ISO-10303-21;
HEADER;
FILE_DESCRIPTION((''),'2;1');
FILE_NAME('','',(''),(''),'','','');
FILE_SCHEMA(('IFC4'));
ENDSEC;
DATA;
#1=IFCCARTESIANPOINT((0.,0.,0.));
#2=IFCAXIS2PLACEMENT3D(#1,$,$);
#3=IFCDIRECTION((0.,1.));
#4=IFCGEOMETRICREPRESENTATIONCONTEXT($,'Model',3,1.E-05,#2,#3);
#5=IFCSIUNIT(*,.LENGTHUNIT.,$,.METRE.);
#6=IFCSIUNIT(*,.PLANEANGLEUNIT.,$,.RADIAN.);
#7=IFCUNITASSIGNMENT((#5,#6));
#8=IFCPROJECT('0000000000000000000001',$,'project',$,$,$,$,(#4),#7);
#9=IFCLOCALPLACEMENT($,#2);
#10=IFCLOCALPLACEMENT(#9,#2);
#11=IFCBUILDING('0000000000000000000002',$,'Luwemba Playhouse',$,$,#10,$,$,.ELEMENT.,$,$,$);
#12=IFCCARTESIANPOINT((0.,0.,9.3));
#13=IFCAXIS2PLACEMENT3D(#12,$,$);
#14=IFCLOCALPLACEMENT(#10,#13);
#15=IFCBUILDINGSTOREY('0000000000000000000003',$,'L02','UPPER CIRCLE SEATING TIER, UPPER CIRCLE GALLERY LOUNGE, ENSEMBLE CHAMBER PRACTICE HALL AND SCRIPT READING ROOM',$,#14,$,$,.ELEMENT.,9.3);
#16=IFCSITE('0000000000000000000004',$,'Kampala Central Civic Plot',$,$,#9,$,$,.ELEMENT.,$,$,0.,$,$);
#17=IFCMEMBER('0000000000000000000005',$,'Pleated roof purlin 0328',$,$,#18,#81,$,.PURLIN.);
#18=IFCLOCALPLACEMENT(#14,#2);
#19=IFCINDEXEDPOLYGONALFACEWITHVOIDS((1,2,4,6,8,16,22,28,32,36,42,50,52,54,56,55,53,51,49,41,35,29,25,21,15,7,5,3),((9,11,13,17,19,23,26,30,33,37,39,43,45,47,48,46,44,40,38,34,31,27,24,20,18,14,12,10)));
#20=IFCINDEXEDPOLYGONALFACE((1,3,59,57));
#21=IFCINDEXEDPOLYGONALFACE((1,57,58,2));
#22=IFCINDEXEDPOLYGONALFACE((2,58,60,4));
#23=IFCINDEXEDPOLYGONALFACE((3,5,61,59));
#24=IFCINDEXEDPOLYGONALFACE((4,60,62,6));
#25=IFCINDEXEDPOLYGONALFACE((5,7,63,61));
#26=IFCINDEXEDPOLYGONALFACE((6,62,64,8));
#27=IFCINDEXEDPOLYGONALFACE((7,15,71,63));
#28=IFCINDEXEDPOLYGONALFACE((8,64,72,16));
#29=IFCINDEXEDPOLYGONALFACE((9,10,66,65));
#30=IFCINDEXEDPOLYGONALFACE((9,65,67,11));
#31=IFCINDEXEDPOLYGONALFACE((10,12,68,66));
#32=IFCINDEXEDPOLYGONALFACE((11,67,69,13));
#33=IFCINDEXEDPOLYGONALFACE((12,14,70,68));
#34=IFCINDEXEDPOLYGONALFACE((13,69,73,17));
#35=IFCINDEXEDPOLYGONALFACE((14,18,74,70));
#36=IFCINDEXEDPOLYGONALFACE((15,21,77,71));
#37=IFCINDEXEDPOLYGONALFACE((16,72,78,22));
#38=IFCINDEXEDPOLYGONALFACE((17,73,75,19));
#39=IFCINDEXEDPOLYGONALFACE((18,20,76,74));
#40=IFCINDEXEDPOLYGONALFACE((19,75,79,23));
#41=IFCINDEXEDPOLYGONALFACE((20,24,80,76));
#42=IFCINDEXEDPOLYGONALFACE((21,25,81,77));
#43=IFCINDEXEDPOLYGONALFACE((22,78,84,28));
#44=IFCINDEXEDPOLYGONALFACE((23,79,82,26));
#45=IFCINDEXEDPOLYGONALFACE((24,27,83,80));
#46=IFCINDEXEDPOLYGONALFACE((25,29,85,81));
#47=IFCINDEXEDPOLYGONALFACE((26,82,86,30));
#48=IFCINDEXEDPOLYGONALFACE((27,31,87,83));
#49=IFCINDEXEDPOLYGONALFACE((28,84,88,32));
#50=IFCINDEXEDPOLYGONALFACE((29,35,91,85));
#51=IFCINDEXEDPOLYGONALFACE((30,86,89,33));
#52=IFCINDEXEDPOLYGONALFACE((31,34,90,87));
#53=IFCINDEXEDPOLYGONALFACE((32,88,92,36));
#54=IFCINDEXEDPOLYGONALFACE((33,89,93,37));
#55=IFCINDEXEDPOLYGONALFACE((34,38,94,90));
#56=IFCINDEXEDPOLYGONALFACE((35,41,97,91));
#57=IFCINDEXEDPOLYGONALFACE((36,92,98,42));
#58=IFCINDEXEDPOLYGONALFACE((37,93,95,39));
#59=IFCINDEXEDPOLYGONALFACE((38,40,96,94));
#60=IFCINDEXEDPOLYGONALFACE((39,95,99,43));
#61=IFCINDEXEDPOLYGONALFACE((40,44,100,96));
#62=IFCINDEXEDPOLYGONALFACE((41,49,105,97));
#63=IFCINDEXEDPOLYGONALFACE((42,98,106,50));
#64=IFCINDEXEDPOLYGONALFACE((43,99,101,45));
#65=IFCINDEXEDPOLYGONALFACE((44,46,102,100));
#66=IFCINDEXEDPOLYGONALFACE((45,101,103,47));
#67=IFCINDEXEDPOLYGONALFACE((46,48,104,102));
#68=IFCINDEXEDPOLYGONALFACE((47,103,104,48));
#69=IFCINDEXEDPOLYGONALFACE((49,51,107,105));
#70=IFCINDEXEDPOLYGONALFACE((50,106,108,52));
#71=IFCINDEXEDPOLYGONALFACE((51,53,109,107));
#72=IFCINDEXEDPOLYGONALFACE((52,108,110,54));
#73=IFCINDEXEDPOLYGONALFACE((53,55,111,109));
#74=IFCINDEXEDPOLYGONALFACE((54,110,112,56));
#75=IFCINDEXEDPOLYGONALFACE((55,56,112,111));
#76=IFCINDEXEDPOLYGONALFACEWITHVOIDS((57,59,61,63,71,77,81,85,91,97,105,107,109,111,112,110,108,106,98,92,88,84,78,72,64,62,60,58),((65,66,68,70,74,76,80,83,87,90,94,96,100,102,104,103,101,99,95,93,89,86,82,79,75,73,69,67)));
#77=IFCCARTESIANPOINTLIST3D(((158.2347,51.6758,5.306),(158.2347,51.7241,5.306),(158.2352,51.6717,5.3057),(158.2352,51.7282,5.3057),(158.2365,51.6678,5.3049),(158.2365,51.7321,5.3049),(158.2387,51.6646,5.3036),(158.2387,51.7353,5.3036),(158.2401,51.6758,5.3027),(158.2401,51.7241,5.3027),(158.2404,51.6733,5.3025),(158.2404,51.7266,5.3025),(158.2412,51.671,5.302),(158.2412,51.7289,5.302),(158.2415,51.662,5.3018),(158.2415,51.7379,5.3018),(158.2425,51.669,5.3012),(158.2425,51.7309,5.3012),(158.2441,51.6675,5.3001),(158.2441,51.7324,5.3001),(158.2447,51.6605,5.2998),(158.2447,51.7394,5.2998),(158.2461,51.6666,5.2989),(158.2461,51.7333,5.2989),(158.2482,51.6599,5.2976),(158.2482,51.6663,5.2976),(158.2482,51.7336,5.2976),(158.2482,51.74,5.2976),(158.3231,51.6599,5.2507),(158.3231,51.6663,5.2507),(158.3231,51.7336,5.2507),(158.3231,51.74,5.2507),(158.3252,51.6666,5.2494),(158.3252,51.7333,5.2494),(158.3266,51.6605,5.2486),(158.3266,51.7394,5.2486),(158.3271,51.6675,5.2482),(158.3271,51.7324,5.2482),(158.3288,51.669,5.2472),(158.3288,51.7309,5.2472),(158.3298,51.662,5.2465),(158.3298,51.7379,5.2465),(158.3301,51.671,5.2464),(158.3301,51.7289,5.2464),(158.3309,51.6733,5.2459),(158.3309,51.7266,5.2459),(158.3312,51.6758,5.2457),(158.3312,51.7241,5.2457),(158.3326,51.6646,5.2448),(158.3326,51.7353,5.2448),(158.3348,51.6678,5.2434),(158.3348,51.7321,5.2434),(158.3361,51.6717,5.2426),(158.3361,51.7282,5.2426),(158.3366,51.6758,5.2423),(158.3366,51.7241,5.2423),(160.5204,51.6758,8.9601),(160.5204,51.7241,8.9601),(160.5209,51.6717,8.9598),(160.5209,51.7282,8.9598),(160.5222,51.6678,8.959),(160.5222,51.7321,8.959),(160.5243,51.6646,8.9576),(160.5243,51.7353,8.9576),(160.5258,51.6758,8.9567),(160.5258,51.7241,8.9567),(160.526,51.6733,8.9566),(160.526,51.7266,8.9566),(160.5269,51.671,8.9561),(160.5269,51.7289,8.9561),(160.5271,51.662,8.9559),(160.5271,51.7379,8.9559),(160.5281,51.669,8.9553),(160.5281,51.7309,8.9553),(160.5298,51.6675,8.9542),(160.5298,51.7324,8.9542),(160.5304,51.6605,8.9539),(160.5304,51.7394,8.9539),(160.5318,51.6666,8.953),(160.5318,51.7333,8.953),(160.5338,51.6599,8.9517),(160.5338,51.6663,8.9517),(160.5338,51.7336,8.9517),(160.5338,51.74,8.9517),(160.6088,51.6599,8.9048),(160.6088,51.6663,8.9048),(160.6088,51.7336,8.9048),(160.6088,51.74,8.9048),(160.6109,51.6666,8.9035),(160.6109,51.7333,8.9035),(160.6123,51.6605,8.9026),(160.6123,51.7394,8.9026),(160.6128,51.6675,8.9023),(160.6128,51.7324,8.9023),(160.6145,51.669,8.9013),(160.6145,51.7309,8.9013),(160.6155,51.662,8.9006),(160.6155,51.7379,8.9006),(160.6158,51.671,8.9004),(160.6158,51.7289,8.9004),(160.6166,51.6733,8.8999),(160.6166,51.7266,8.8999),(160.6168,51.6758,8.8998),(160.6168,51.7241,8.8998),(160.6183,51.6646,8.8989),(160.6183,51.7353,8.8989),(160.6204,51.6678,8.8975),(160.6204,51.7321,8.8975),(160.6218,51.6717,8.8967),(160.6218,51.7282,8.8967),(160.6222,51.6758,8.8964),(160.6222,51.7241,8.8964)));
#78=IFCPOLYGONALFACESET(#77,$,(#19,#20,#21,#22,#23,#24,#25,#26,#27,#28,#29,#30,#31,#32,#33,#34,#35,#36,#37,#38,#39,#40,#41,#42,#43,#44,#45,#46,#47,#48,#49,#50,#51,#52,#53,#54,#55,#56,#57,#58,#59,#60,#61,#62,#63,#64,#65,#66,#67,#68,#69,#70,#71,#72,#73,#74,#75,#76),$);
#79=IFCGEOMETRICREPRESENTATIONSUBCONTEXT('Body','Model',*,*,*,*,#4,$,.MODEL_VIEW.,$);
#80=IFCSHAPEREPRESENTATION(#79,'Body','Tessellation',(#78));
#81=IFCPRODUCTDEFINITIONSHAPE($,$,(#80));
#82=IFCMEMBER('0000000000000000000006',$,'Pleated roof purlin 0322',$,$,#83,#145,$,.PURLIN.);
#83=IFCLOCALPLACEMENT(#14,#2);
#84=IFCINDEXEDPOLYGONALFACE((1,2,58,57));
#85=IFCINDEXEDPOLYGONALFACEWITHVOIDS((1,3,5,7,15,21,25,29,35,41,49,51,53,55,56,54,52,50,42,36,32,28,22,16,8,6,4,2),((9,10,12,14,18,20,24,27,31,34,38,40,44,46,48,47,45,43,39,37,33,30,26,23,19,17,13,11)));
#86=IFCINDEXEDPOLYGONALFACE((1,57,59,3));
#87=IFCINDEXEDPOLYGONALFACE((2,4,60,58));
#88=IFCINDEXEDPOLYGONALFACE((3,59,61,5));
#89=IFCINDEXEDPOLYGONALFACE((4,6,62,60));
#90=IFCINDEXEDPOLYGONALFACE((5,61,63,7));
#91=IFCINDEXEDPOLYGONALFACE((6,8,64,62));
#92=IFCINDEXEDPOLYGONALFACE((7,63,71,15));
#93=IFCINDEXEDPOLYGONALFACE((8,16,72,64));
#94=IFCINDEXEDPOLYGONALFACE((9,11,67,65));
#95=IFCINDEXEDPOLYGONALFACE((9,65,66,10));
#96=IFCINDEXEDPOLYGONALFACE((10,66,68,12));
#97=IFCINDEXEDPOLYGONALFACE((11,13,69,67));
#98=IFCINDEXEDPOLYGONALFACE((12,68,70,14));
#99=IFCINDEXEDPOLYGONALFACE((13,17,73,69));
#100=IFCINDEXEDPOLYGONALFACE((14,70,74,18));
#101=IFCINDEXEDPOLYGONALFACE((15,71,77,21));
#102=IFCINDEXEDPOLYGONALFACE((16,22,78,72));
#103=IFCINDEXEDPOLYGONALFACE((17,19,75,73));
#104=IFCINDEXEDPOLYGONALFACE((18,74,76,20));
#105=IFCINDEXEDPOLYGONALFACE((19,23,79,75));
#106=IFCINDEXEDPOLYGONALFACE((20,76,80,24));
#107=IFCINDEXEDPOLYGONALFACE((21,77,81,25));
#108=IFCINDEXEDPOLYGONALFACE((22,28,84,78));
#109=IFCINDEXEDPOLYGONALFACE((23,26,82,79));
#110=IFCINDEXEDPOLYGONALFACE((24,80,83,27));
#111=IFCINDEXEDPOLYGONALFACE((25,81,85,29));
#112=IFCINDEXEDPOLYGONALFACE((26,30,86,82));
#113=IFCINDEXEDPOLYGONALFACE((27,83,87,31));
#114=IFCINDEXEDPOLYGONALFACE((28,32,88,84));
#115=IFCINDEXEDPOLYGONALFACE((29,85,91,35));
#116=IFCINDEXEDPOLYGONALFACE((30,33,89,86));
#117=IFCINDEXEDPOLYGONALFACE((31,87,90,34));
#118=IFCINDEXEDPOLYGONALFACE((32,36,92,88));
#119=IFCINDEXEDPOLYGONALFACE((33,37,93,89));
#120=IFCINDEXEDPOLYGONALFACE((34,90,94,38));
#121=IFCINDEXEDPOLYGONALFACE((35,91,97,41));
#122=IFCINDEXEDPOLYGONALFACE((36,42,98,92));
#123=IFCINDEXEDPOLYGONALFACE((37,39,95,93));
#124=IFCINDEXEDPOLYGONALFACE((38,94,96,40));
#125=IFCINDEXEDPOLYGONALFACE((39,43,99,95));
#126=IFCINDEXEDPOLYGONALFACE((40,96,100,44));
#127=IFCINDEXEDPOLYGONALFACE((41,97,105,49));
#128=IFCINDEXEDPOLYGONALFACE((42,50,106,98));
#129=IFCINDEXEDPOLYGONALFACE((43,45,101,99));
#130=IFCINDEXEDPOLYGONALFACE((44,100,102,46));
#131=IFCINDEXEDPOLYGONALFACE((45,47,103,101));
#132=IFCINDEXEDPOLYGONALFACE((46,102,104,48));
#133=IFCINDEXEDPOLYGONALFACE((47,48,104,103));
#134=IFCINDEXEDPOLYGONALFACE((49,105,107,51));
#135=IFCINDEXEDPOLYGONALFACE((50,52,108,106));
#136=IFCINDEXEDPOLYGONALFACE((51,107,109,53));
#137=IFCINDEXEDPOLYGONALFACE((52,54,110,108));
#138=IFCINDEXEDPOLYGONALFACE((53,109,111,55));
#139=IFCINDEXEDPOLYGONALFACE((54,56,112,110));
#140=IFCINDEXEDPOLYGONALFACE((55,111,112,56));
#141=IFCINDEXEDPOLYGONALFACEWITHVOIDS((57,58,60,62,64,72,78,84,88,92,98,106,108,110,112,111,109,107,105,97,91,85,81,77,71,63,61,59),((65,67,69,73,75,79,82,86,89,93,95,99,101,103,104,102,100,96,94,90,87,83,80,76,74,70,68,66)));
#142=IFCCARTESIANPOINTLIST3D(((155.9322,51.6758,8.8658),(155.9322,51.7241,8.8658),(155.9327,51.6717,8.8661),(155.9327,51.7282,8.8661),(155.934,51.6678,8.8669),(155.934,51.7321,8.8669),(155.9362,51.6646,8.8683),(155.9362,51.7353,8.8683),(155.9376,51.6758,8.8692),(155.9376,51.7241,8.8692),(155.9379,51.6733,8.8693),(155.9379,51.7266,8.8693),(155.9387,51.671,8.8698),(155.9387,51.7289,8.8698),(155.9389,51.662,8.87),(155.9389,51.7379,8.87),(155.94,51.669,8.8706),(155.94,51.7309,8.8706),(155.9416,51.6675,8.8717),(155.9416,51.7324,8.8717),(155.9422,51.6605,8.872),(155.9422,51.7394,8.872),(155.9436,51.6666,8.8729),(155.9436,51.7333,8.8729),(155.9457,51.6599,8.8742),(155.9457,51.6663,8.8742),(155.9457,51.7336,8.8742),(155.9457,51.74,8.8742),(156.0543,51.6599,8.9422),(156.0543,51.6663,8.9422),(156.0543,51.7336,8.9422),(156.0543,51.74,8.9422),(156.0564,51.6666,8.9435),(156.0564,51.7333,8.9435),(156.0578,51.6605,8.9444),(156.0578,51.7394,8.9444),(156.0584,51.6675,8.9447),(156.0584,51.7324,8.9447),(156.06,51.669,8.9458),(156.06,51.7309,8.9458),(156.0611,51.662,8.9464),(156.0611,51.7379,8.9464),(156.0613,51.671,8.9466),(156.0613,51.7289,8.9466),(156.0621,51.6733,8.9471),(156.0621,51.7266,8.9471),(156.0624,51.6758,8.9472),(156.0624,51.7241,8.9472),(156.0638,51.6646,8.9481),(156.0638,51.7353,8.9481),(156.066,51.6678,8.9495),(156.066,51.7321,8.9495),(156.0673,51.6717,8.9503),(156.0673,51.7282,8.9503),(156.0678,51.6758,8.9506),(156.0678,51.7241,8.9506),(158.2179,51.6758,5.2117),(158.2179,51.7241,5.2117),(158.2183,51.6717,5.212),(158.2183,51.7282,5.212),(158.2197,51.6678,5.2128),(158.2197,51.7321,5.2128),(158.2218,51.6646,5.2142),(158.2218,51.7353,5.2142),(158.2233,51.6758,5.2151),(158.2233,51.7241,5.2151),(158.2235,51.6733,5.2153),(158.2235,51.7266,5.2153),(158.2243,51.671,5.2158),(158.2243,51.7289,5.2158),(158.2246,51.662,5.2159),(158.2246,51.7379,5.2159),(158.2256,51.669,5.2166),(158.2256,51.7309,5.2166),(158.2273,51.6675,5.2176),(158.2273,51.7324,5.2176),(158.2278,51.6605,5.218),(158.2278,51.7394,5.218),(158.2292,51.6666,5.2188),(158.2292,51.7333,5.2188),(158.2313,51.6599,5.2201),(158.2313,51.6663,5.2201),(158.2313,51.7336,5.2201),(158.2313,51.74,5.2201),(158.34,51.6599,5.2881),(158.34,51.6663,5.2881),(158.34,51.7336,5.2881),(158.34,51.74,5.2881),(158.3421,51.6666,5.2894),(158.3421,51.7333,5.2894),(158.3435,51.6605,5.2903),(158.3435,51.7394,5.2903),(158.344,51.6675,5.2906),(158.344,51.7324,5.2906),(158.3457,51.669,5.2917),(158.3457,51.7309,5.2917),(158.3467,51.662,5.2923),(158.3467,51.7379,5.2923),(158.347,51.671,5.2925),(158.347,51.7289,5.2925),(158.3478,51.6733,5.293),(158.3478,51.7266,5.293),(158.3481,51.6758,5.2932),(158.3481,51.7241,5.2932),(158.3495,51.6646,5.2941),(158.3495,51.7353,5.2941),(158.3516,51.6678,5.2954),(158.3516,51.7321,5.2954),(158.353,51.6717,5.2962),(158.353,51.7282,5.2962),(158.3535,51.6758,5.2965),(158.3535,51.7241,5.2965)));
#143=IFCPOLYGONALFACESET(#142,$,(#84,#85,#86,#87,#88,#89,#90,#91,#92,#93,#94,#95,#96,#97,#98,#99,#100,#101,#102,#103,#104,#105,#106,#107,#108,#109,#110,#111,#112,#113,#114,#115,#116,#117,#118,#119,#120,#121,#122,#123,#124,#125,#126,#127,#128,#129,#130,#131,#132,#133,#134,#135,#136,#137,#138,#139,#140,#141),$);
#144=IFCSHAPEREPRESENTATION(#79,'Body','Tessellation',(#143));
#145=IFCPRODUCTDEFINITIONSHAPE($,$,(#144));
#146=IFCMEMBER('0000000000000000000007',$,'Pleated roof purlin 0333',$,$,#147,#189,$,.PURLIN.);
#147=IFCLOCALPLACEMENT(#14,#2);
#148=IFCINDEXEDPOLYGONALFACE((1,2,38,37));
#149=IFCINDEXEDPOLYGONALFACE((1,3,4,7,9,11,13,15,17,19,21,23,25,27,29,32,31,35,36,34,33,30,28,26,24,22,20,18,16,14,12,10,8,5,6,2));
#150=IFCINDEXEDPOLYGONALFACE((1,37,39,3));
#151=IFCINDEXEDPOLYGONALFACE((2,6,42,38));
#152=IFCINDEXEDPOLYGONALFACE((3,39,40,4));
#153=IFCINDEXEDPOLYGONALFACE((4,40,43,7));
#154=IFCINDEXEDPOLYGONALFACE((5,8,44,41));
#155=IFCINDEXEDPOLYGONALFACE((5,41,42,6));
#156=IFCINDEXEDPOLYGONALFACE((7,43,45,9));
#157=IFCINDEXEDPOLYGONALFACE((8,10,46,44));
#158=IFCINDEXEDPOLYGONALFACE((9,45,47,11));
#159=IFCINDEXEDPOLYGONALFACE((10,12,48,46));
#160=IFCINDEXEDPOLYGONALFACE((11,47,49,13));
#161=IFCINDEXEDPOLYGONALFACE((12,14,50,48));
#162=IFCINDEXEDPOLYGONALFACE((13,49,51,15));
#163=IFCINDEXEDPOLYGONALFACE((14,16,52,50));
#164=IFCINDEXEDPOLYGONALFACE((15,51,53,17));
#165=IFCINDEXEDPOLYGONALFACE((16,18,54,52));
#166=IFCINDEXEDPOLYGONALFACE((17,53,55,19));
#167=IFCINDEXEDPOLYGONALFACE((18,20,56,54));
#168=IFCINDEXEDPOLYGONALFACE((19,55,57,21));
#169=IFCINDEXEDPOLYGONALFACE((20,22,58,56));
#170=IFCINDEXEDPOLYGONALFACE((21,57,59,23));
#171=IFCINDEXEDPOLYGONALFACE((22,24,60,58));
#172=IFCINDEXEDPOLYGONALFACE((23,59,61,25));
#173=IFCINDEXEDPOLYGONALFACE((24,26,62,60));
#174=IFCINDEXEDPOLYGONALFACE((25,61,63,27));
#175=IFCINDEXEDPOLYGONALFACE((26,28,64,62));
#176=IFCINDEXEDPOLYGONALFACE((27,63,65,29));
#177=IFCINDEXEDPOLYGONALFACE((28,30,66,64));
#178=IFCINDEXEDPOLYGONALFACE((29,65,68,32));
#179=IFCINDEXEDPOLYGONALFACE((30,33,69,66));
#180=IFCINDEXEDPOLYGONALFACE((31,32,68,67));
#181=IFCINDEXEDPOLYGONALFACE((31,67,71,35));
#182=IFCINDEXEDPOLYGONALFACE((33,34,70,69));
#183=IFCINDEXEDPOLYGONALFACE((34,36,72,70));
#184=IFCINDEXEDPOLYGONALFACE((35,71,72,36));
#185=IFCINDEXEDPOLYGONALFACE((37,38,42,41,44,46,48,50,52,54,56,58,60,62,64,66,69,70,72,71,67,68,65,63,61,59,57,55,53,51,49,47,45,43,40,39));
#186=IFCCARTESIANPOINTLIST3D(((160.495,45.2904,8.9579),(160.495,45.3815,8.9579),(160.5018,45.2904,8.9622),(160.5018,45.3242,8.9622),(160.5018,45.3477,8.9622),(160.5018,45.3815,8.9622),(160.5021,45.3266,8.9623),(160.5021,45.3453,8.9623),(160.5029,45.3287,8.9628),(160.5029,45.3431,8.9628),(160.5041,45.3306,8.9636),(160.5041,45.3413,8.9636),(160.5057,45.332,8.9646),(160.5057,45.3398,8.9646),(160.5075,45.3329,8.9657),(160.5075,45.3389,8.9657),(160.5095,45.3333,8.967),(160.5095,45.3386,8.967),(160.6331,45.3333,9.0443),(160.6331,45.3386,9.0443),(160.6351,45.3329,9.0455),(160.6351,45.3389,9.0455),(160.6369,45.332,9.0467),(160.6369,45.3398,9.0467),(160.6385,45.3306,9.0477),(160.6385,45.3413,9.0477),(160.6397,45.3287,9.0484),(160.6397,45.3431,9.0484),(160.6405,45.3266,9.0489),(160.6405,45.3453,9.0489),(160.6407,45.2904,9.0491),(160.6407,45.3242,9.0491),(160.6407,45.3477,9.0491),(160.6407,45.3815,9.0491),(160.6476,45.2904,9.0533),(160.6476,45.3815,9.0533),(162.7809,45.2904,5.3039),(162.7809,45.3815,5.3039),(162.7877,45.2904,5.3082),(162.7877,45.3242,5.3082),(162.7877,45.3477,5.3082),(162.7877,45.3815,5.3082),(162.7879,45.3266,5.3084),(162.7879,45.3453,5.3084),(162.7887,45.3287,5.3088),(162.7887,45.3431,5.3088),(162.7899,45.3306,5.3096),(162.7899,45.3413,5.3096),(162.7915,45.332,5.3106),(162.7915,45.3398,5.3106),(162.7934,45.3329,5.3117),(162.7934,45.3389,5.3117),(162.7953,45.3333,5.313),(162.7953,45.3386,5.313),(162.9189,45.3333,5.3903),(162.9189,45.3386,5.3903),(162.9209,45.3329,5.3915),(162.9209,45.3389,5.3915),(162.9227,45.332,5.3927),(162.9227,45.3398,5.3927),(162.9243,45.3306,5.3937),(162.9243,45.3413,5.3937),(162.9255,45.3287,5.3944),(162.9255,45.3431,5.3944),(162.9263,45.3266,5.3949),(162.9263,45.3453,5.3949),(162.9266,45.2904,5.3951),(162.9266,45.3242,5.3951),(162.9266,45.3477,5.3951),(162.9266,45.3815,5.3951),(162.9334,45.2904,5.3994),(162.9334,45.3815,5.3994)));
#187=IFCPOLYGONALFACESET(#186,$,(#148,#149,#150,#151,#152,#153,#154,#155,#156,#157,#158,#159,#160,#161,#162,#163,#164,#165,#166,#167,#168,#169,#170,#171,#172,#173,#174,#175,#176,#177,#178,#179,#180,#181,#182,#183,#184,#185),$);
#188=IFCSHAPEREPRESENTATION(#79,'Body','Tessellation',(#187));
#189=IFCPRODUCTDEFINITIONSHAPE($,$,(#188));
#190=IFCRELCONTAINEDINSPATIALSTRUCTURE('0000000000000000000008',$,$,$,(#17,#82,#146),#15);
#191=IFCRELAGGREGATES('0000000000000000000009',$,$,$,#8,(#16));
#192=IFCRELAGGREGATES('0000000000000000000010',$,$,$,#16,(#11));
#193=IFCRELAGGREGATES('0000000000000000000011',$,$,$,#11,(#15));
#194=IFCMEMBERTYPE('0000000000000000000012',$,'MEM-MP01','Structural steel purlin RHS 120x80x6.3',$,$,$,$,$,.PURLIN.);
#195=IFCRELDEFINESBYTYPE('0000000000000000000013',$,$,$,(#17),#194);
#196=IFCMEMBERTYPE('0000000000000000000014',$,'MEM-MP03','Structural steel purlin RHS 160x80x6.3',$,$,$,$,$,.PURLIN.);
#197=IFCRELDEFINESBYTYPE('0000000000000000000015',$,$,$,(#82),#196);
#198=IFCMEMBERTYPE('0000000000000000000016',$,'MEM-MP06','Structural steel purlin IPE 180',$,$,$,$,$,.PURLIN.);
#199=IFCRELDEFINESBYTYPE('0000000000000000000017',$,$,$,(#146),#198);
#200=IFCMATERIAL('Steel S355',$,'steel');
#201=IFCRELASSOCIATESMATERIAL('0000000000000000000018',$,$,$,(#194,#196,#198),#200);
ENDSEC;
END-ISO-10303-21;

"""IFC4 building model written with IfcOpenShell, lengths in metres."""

from ifc_helpers import new_model, si_unit, direction, frame, origin, origin_2d, place, context, subcontext, project, spatial, hollow_rectangle, i_section, extrude, material, material_profile, profile_set, type_object, element, save


model = new_model("IFC4")

# Units and contexts
model_context = context("Model", 3, precision=1e-05, world=origin(), true_north=direction((0.0, 1.0)))
body_context = subcontext(model_context, "Body", "Model", "MODEL_VIEW")
ifc_project = project(units=[si_unit("LENGTHUNIT", "METRE"), si_unit("PLANEANGLEUNIT", "RADIAN")], contexts=[model_context])

# Site, building, storey
site_placement = place(None, origin())
site = spatial("IfcSite", under=ifc_project, at=site_placement, Name="Kampala Central Civic Plot", CompositionType="ELEMENT", RefElevation=0.0)
building_placement = place(site_placement, origin())
building = spatial("IfcBuilding", under=site, at=building_placement, Name="Luwemba Playhouse", CompositionType="ELEMENT")
storey_placement = place(building_placement, frame((0.0, 0.0, 9.3)))
storey = spatial("IfcBuildingStorey", under=building, at=storey_placement, Name="L02", Description="UPPER CIRCLE SEATING TIER, UPPER CIRCLE GALLERY LOUNGE, ENSEMBLE CHAMBER PRACTICE HALL AND SCRIPT READING ROOM", CompositionType="ELEMENT", Elevation=9.3)

# Shared definitions
ifc_material_1 = material(Name="Steel S355", Category="steel")

# Members
ifc_material_profile_1 = material_profile(ifc_material_1, hollow_rectangle(XDim=0.0801, YDim=0.1201, WallThickness=0.0063, InnerFilletRadius=0.0095, OuterFilletRadius=0.0159, at=origin_2d()))
ifc_profile_set_1 = profile_set([ifc_material_profile_1], Name="Steel S355")
member_type_1 = type_object("IfcMemberType", Name="MEM-MP01", Description="Structural steel purlin RHS 120x80x6.3", PredefinedType="PURLIN", material=ifc_profile_set_1)
member_1_placement = place(storey_placement, frame((158.2856, 51.7, 5.2742), z_axis=(0.530309, 0.0, 0.847804), x_axis=(0.0, 1.0, 0.0)))
element("IfcMember", 1, at=member_1_placement, inside=storey, type_object=member_type_1, Name="Pleated roof purlin 0328", PredefinedType="PURLIN", context=body_context, shape_type="SweptSolid", body=[
    extrude(hollow_rectangle(XDim=0.0801, YDim=0.1201, WallThickness=0.0063, InnerFilletRadius=0.0095, OuterFilletRadius=0.0159, at=origin_2d()), origin(), (0.0, 0.0, 1.0), 4.3101),
])
ifc_material_profile_2 = material_profile(ifc_material_1, hollow_rectangle(XDim=0.0801, YDim=0.1599, WallThickness=0.0063, InnerFilletRadius=0.0095, OuterFilletRadius=0.0159, at=origin_2d()))
ifc_profile_set_2 = profile_set([ifc_material_profile_2], Name="Steel S355")
member_type_2 = type_object("IfcMemberType", Name="MEM-MP03", Description="Structural steel purlin RHS 160x80x6.3", PredefinedType="PURLIN", material=ifc_profile_set_2)
member_2_placement = place(storey_placement, frame((156.0, 51.7, 8.9082), z_axis=(0.530309, 0.0, -0.847804), x_axis=(0.0, 1.0, 0.0)))
element("IfcMember", 2, at=member_2_placement, inside=storey, type_object=member_type_2, Name="Pleated roof purlin 0322", PredefinedType="PURLIN", context=body_context, shape_type="SweptSolid", body=[
    extrude(hollow_rectangle(XDim=0.0801, YDim=0.1599, WallThickness=0.0063, InnerFilletRadius=0.0095, OuterFilletRadius=0.0159, at=origin_2d()), origin(), (0.0, 0.0, 1.0), 4.3101),
])
ifc_material_profile_3 = material_profile(ifc_material_1, i_section(OverallWidth=0.0911, OverallDepth=0.1799, WebThickness=0.0054, FlangeThickness=0.0081, FilletRadius=0.009, at=origin_2d()))
ifc_profile_set_3 = profile_set([ifc_material_profile_3], Name="Steel S355")
member_type_3 = type_object("IfcMemberType", Name="MEM-MP06", Description="Structural steel purlin IPE 180", PredefinedType="PURLIN", material=ifc_profile_set_3)
member_3_placement = place(storey_placement, frame((160.5713, 45.3359, 9.0056), z_axis=(0.53035, 0.0, -0.847779), x_axis=(0.0, 1.0, 0.0)))
element("IfcMember", 3, at=member_3_placement, inside=storey, type_object=member_type_3, Name="Pleated roof purlin 0333", PredefinedType="PURLIN", context=body_context, shape_type="SweptSolid", body=[
    extrude(i_section(OverallWidth=0.0911, OverallDepth=0.1799, WebThickness=0.0054, FlangeThickness=0.0081, FilletRadius=0.009, at=origin_2d()), origin(), (0.0, 0.0, 1.0), 4.3101),
])

save(model, "model.ifc")
